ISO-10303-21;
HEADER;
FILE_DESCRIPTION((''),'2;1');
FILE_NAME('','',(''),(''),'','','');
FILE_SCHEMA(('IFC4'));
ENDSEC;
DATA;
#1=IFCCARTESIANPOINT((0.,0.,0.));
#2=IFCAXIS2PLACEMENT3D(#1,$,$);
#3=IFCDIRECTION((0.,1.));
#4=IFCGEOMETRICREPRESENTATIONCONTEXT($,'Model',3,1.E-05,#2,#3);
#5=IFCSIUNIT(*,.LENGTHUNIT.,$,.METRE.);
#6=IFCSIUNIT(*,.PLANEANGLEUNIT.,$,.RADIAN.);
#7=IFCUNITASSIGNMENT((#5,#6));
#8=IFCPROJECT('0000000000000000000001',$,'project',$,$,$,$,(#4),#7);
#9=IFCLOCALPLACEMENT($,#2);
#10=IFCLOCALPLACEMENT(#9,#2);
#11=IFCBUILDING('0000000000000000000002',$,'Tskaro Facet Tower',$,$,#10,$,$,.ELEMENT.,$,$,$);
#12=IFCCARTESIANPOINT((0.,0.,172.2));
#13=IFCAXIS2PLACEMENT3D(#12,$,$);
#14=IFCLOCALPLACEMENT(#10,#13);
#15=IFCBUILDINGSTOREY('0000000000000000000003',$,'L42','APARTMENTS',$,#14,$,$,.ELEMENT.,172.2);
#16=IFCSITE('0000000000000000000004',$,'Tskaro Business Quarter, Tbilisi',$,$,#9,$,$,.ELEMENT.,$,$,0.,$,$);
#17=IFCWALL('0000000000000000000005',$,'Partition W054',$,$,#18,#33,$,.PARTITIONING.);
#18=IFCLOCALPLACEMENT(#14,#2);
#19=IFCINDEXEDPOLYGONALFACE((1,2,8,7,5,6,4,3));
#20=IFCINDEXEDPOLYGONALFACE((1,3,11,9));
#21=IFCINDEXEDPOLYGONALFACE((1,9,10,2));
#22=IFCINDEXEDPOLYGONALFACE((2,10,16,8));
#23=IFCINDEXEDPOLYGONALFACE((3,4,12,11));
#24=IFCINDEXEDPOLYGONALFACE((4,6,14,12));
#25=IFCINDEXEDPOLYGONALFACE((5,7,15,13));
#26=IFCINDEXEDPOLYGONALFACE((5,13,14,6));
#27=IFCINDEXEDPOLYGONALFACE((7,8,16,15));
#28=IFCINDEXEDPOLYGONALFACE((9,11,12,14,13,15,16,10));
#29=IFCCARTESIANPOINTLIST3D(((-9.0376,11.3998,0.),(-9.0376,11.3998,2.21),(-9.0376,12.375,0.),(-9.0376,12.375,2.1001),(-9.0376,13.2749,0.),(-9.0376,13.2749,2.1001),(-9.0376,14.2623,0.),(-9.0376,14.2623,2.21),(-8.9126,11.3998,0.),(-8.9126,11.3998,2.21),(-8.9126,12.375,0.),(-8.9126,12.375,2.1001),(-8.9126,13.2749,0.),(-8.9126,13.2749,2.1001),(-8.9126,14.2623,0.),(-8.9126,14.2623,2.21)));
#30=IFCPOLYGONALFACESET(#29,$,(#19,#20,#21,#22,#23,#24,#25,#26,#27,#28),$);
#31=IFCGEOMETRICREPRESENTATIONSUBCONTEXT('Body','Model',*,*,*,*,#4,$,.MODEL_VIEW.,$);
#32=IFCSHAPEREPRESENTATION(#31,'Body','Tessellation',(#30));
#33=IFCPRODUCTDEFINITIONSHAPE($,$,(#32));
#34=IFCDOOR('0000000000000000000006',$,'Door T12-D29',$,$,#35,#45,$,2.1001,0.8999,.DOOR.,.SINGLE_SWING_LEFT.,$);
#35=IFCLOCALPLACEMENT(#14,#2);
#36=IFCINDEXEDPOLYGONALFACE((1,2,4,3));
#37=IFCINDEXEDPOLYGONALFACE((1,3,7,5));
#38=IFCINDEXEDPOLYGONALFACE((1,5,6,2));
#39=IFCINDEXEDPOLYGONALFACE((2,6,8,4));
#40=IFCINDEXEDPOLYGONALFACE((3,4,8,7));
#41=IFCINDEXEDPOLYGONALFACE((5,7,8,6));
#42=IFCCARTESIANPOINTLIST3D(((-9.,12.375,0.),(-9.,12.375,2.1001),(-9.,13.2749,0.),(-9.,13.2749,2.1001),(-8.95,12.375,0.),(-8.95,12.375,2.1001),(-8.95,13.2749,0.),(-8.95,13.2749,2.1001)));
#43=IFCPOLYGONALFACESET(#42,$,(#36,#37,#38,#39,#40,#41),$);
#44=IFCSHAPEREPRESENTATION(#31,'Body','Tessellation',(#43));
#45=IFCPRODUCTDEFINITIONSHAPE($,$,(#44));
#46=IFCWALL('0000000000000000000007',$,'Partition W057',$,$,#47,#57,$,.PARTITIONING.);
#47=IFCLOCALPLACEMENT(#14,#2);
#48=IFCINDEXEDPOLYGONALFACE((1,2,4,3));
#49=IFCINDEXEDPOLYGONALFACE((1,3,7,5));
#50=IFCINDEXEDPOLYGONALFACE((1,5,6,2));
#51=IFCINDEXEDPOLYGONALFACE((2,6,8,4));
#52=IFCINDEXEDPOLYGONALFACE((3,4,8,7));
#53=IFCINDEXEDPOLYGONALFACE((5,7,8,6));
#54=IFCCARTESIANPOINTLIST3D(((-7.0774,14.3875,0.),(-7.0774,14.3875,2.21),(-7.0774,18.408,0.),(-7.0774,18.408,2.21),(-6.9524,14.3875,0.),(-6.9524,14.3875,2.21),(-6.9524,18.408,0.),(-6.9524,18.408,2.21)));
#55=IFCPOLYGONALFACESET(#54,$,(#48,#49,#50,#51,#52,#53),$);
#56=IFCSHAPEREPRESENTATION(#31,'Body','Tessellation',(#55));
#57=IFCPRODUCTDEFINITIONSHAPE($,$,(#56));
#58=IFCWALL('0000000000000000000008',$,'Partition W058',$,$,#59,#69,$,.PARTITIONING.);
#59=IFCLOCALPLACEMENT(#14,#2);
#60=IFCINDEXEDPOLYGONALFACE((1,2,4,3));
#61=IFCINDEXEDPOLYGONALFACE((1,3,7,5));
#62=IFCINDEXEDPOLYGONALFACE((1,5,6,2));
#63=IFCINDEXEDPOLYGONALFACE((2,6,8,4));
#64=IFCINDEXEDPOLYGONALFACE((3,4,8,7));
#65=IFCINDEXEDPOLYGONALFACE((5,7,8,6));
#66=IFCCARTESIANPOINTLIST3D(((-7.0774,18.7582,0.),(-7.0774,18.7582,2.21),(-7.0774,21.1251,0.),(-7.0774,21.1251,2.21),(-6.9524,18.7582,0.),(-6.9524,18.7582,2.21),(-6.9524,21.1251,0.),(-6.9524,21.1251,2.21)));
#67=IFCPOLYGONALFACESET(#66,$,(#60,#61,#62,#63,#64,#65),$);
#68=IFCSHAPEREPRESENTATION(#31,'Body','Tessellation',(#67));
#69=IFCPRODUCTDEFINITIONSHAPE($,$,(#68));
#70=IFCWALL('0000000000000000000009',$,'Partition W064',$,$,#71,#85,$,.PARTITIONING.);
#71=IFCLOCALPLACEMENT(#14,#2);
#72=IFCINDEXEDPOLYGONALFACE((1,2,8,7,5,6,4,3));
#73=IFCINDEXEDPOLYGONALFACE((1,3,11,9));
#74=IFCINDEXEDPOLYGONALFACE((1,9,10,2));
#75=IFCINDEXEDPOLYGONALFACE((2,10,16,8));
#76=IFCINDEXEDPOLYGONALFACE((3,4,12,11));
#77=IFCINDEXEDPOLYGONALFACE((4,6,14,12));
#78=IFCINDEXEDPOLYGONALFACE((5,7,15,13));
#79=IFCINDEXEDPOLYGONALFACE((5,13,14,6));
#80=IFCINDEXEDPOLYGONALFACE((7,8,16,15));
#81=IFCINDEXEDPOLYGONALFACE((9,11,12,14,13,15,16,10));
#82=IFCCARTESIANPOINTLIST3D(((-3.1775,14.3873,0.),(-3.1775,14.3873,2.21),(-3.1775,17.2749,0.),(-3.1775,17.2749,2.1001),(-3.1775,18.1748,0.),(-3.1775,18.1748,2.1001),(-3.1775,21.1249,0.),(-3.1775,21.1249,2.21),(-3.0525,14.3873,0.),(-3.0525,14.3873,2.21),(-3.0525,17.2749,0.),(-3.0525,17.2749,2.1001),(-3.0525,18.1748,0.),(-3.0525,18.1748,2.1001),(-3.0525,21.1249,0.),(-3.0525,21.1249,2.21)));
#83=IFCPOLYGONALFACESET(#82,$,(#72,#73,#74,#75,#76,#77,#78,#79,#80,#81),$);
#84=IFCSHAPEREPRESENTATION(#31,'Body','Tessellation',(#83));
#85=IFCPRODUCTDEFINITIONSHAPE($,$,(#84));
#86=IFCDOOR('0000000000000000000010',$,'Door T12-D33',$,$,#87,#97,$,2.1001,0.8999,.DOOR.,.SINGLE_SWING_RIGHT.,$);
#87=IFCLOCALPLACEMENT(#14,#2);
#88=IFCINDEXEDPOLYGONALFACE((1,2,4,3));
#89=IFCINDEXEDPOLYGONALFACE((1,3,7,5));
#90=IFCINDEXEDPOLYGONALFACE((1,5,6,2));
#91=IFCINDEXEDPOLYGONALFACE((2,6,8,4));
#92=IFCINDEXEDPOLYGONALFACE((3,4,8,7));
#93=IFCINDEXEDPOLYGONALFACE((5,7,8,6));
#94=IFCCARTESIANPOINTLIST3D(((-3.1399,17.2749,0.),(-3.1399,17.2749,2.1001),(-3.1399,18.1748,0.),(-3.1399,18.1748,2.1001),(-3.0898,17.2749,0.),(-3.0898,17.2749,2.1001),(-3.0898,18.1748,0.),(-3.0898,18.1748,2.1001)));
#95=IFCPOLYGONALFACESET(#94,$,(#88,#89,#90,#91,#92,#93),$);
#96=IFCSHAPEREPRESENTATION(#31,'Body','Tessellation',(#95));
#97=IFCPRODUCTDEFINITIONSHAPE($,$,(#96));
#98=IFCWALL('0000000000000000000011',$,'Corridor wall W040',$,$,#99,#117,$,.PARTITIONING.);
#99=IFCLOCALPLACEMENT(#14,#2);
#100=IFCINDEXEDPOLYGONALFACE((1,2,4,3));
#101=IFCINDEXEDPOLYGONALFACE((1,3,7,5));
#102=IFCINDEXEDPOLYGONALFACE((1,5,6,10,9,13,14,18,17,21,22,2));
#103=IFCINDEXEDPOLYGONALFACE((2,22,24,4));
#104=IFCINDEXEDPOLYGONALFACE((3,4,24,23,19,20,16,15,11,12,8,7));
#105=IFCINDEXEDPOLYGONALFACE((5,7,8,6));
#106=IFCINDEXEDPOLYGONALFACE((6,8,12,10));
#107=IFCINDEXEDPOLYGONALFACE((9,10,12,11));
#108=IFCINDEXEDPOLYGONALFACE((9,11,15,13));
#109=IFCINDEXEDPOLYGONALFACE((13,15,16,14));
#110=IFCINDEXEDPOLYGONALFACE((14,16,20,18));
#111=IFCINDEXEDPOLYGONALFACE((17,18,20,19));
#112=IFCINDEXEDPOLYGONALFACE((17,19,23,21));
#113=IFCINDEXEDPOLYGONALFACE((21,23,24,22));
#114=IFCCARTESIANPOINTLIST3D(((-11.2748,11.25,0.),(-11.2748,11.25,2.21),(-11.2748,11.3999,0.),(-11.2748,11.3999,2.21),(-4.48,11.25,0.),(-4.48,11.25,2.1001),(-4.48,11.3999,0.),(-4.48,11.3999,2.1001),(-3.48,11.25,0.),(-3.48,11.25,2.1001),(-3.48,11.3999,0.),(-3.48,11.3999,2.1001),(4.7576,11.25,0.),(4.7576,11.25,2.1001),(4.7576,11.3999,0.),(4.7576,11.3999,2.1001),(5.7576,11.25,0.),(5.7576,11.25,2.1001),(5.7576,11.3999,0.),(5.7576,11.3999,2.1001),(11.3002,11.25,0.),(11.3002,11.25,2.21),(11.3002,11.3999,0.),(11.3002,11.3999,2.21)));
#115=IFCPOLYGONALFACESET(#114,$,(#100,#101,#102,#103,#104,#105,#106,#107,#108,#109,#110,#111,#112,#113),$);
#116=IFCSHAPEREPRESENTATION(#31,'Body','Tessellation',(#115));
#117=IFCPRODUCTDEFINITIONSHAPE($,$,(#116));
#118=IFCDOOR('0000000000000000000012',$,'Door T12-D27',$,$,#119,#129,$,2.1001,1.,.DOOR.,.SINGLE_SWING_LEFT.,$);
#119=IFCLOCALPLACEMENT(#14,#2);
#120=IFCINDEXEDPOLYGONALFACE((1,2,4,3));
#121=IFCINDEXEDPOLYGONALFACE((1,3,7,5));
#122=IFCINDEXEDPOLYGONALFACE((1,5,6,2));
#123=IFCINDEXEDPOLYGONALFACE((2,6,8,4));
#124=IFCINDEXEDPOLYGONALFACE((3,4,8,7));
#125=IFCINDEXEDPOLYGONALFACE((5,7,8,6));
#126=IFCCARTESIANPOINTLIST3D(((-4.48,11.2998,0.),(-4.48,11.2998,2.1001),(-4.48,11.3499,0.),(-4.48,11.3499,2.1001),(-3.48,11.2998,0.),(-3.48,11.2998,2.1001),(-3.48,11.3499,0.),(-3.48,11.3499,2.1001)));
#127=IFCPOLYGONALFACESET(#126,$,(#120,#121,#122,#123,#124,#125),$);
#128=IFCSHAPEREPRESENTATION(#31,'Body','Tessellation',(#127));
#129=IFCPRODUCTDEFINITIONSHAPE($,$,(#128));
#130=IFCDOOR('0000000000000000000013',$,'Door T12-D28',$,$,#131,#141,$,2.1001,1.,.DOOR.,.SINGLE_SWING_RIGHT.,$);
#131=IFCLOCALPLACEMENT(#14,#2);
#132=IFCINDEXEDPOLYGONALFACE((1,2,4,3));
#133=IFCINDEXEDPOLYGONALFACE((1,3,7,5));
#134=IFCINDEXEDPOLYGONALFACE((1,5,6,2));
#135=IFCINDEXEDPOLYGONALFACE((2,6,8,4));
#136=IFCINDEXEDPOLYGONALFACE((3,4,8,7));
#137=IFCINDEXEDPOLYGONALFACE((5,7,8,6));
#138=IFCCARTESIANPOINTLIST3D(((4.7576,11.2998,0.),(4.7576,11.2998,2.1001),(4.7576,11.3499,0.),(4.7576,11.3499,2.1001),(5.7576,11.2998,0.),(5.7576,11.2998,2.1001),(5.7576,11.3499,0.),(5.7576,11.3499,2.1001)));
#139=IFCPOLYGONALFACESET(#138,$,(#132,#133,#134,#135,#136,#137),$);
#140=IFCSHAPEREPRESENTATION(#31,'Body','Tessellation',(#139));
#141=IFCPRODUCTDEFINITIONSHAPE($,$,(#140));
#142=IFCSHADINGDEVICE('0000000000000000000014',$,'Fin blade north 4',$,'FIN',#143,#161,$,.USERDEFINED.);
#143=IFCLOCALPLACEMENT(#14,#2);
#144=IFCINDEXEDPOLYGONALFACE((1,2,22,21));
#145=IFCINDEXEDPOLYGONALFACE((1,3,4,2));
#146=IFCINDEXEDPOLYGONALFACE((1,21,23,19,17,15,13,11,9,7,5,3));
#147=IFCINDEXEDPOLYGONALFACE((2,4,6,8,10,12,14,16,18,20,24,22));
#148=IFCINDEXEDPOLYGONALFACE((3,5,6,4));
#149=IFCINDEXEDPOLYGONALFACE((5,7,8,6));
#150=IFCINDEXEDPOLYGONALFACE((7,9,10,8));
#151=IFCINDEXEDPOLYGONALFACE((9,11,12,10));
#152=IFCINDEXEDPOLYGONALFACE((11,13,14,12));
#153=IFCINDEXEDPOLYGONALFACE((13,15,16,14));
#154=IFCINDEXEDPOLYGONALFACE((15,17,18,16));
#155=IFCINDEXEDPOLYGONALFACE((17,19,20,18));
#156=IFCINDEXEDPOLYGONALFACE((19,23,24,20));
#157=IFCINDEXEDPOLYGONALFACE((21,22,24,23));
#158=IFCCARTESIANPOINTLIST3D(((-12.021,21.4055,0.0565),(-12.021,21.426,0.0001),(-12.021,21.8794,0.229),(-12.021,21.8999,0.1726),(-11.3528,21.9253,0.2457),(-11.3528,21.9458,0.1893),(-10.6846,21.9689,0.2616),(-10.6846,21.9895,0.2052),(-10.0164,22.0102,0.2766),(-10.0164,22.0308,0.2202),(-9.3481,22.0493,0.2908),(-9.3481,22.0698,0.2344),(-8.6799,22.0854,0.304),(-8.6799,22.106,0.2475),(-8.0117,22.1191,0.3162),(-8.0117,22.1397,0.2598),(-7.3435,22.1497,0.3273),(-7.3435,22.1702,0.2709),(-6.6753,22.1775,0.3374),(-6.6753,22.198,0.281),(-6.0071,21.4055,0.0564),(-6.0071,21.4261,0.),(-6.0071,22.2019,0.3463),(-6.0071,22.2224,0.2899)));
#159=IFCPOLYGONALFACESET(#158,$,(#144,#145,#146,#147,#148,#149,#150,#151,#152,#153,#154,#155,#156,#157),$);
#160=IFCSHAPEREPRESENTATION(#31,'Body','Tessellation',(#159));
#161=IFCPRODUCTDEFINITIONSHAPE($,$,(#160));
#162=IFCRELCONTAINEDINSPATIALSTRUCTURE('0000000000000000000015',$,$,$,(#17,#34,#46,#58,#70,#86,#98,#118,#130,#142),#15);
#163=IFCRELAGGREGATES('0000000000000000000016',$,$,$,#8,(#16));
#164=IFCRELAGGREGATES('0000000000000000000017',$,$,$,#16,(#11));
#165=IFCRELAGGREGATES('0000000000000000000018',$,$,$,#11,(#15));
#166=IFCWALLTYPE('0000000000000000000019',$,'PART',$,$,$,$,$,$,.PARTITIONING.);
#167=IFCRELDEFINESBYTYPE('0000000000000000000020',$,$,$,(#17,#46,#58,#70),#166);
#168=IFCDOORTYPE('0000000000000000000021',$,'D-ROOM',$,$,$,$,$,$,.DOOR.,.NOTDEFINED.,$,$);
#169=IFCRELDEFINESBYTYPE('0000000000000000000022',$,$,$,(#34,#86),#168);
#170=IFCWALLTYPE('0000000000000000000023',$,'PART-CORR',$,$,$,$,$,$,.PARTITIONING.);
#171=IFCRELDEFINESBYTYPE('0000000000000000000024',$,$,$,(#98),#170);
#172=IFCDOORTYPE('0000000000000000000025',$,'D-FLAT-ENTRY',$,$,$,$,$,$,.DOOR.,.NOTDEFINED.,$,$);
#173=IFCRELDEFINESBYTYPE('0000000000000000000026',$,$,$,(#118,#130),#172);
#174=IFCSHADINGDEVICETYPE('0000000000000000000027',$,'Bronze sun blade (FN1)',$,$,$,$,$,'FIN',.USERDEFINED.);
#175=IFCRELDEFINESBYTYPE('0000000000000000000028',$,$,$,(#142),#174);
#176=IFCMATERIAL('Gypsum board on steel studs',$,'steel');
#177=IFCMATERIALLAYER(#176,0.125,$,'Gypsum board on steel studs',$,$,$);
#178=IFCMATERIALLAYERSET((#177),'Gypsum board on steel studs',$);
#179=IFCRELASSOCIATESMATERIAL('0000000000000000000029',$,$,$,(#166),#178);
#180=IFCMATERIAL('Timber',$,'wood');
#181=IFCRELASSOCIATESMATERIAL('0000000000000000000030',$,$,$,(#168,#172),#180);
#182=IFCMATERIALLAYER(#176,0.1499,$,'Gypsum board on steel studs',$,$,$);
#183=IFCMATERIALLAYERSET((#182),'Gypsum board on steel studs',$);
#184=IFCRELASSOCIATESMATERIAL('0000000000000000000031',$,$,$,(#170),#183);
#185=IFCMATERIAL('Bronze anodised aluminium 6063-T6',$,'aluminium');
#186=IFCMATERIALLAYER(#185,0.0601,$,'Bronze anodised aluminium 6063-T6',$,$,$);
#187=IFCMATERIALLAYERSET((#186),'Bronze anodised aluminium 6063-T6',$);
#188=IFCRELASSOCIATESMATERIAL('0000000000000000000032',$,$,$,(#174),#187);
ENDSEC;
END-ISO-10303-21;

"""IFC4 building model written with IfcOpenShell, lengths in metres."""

from ifc_helpers import new_model, si_unit, direction, frame, frame_2d, origin, place, context, subcontext, project, spatial, polyline, rectangle, outline, extrude, material, layer, layer_set, type_object, element, fill, save


model = new_model("IFC4")

# Units and contexts
model_context = context("Model", 3, precision=1e-05, world=origin(), true_north=direction((0.0, 1.0)))
body_context = subcontext(model_context, "Body", "Model", "MODEL_VIEW")
ifc_project = project(units=[si_unit("LENGTHUNIT", "METRE"), si_unit("PLANEANGLEUNIT", "RADIAN")], contexts=[model_context])

# Site, building, storey
site_placement = place(None, origin())
site = spatial("IfcSite", under=ifc_project, at=site_placement, Name="Tskaro Business Quarter, Tbilisi", CompositionType="ELEMENT", RefElevation=0.0)
building_placement = place(site_placement, origin())
building = spatial("IfcBuilding", under=site, at=building_placement, Name="Tskaro Facet Tower", CompositionType="ELEMENT")
storey_placement = place(building_placement, frame((0.0, 0.0, 172.2)))
storey = spatial("IfcBuildingStorey", under=building, at=storey_placement, Name="L42", Description="APARTMENTS", CompositionType="ELEMENT", Elevation=172.2)

# Shared definitions
ifc_material_1 = material(Name="Bronze anodised aluminium 6063-T6", Category="aluminium")

# Shared definitions
ifc_material_2 = material(Name="Gypsum board on steel studs", Category="steel")
ifc_layer_1 = layer(ifc_material_2, 0.125, Name="Gypsum board on steel studs")
ifc_layer_set_1 = layer_set([ifc_layer_1], Name="Gypsum board on steel studs")
wall_type_1 = type_object("IfcWallType", Name="PART", PredefinedType="PARTITIONING", material=ifc_layer_set_1)
ifc_material_3 = material(Name="Timber", Category="wood")
door_type_1 = type_object("IfcDoorType", Name="D-ROOM", OperationType="NOTDEFINED", PredefinedType="DOOR", material=ifc_material_3)

# Wall, opening, door
wall_1_placement = place(storey_placement, frame((-8.9751, 11.3999, 0.0), z_axis=(0.0, 0.0, 1.0), x_axis=(0.0, 1.0, 0.0)))
wall_1 = element("IfcWall", 1, at=wall_1_placement, inside=storey, type_object=wall_type_1, Name="Partition W054", PredefinedType="PARTITIONING", context=body_context, shape_type="SweptSolid", body=[
    extrude(rectangle(XDim=2.8625, YDim=0.125, at=frame_2d((1.4312, 0.0))), origin(), (0.0, 0.0, 1.0), 2.21),
])
opening_1_placement = place(wall_1_placement, frame((0.9751, 0.0, 0.0)))
opening_1 = element("IfcOpeningElement", 2, at=opening_1_placement, cuts=wall_1, PredefinedType="OPENING", context=body_context, shape_type="SweptSolid", body=[
    extrude(rectangle(XDim=0.8999, YDim=2.1001, at=frame_2d((0.45, 1.05))), frame((0.0, 0.0725, 0.0), z_axis=(0.0, -1.0, 0.0), x_axis=(1.0, 0.0, 0.0)), (0.0, 0.0, 1.0), 0.145),
])
door_1_placement = place(opening_1_placement, origin())
door_1 = element("IfcDoor", 3, at=door_1_placement, inside=storey, type_object=door_type_1, Name="Door T12-D29", OperationType="SINGLE_SWING_LEFT", OverallHeight=2.1001, OverallWidth=0.8999, PredefinedType="DOOR", context=body_context, shape_type="SweptSolid", body=[
    extrude(rectangle(XDim=0.8999, YDim=2.1001, at=frame_2d((0.45, 1.05))), frame((0.0, 0.0249, 0.0), z_axis=(0.0, -1.0, 0.0), x_axis=(1.0, 0.0, 0.0)), (0.0, 0.0, 1.0), 0.05),
])
fill(opening_1, door_1)

# Walls
wall_2_placement = place(storey_placement, frame((-7.0149, 14.3875, 0.0), z_axis=(0.0, 0.0, 1.0), x_axis=(0.0, 1.0, 0.0)))
element("IfcWall", 4, at=wall_2_placement, inside=storey, type_object=wall_type_1, Name="Partition W057", PredefinedType="PARTITIONING", context=body_context, shape_type="SweptSolid", body=[
    extrude(rectangle(XDim=4.0205, YDim=0.125, at=frame_2d((2.0103, 0.0))), origin(), (0.0, 0.0, 1.0), 2.21),
])
wall_3_placement = place(storey_placement, frame((-7.0149, 18.7581, 0.0), z_axis=(0.0, 0.0, 1.0), x_axis=(0.0, 1.0, 0.0)))
element("IfcWall", 5, at=wall_3_placement, inside=storey, type_object=wall_type_1, Name="Partition W058", PredefinedType="PARTITIONING", context=body_context, shape_type="SweptSolid", body=[
    extrude(rectangle(XDim=2.3669, YDim=0.125, at=frame_2d((1.1836, 0.0))), origin(), (0.0, 0.0, 1.0), 2.21),
])

# Wall, opening, door
wall_4_placement = place(storey_placement, frame((-3.115, 14.3875, 0.0), z_axis=(0.0, 0.0, 1.0), x_axis=(0.0, 1.0, 0.0)))
wall_4 = element("IfcWall", 6, at=wall_4_placement, inside=storey, type_object=wall_type_1, Name="Partition W064", PredefinedType="PARTITIONING", context=body_context, shape_type="SweptSolid", body=[
    extrude(rectangle(XDim=6.7375, YDim=0.125, at=frame_2d((3.3687, 0.0))), origin(), (0.0, 0.0, 1.0), 2.21),
])
opening_2_placement = place(wall_4_placement, frame((2.8875, 0.0, 0.0)))
opening_2 = element("IfcOpeningElement", 7, at=opening_2_placement, cuts=wall_4, PredefinedType="OPENING", context=body_context, shape_type="SweptSolid", body=[
    extrude(rectangle(XDim=0.8999, YDim=2.1001, at=frame_2d((0.45, 1.05))), frame((0.0, 0.0725, 0.0), z_axis=(0.0, -1.0, 0.0), x_axis=(1.0, 0.0, 0.0)), (0.0, 0.0, 1.0), 0.145),
])
door_2_placement = place(opening_2_placement, origin())
door_2 = element("IfcDoor", 8, at=door_2_placement, inside=storey, type_object=door_type_1, Name="Door T12-D33", OperationType="SINGLE_SWING_RIGHT", OverallHeight=2.1001, OverallWidth=0.8999, PredefinedType="DOOR", context=body_context, shape_type="SweptSolid", body=[
    extrude(rectangle(XDim=0.8999, YDim=2.1001, at=frame_2d((0.45, 1.05))), frame((0.0, 0.0249, 0.0), z_axis=(0.0, -1.0, 0.0), x_axis=(1.0, 0.0, 0.0)), (0.0, 0.0, 1.0), 0.05),
])
fill(opening_2, door_2)

# Wall, openings, doors
ifc_layer_2 = layer(ifc_material_2, 0.1499, Name="Gypsum board on steel studs")
ifc_layer_set_2 = layer_set([ifc_layer_2], Name="Gypsum board on steel studs")
wall_type_2 = type_object("IfcWallType", Name="PART-CORR", PredefinedType="PARTITIONING", material=ifc_layer_set_2)
wall_5_placement = place(storey_placement, frame((-11.2749, 11.325, 0.0), z_axis=(0.0, 0.0, 1.0), x_axis=(1.0, 0.0, 0.0)))
wall_5 = element("IfcWall", 9, at=wall_5_placement, inside=storey, type_object=wall_type_2, Name="Corridor wall W040", PredefinedType="PARTITIONING", context=body_context, shape_type="SweptSolid", body=[
    extrude(rectangle(XDim=22.575, YDim=0.1499, at=frame_2d((11.2876, 0.0))), origin(), (0.0, 0.0, 1.0), 2.21),
])
opening_3_placement = place(wall_5_placement, frame((6.7949, 0.0, 0.0)))
opening_3 = element("IfcOpeningElement", 10, at=opening_3_placement, cuts=wall_5, PredefinedType="OPENING", context=body_context, shape_type="SweptSolid", body=[
    extrude(rectangle(XDim=1.0, YDim=2.1001, at=frame_2d((0.5, 1.05))), frame((0.0, 0.085, 0.0), z_axis=(0.0, -1.0, 0.0), x_axis=(1.0, 0.0, 0.0)), (0.0, 0.0, 1.0), 0.1699),
])
opening_4_placement = place(wall_5_placement, frame((16.0325, 0.0, 0.0)))
opening_4 = element("IfcOpeningElement", 11, at=opening_4_placement, cuts=wall_5, PredefinedType="OPENING", context=body_context, shape_type="SweptSolid", body=[
    extrude(rectangle(XDim=1.0, YDim=2.1001, at=frame_2d((0.5, 1.05))), frame((0.0, 0.085, 0.0), z_axis=(0.0, -1.0, 0.0), x_axis=(1.0, 0.0, 0.0)), (0.0, 0.0, 1.0), 0.1699),
])
door_type_2 = type_object("IfcDoorType", Name="D-FLAT-ENTRY", OperationType="NOTDEFINED", PredefinedType="DOOR", material=ifc_material_3)
door_3_placement = place(opening_3_placement, origin())
door_3 = element("IfcDoor", 12, at=door_3_placement, inside=storey, type_object=door_type_2, Name="Door T12-D27", OperationType="SINGLE_SWING_LEFT", OverallHeight=2.1001, OverallWidth=1.0, PredefinedType="DOOR", context=body_context, shape_type="SweptSolid", body=[
    extrude(rectangle(XDim=1.0, YDim=2.1001, at=frame_2d((0.5, 1.05))), frame((0.0, 0.0249, 0.0), z_axis=(0.0, -1.0, 0.0), x_axis=(1.0, 0.0, 0.0)), (0.0, 0.0, 1.0), 0.05),
])
fill(opening_3, door_3)
door_4_placement = place(opening_4_placement, origin())
door_4 = element("IfcDoor", 13, at=door_4_placement, inside=storey, type_object=door_type_2, Name="Door T12-D28", OperationType="SINGLE_SWING_RIGHT", OverallHeight=2.1001, OverallWidth=1.0, PredefinedType="DOOR", context=body_context, shape_type="SweptSolid", body=[
    extrude(rectangle(XDim=1.0, YDim=2.1001, at=frame_2d((0.5, 1.05))), frame((0.0, 0.0249, 0.0), z_axis=(0.0, -1.0, 0.0), x_axis=(1.0, 0.0, 0.0)), (0.0, 0.0, 1.0), 0.05),
])
fill(opening_4, door_4)

# Shading device
ifc_layer_3 = layer(ifc_material_1, 0.0601, Name="Bronze anodised aluminium 6063-T6")
ifc_layer_set_3 = layer_set([ifc_layer_3], Name="Bronze anodised aluminium 6063-T6")
shading_device_type = type_object("IfcShadingDeviceType", Name="Bronze sun blade (FN1)", ElementType="FIN", PredefinedType="USERDEFINED", material=ifc_layer_set_3)
shading_device_1_placement = place(storey_placement, frame((-6.0071, 21.4055, 0.0564), z_axis=(0.000018, -0.342091, 0.939667), x_axis=(-1.0, -0.000006, 0.000017)))
element("IfcShadingDevice", 14, at=shading_device_1_placement, inside=storey, type_object=shading_device_type, Name="Fin blade north 4", ObjectType="FIN", PredefinedType="USERDEFINED", context=body_context, shape_type="SweptSolid", body=[
    extrude(outline(polyline([(0.0, 0.0), (6.0139, 0.0), (6.0139, -0.5043), (5.3457, -0.5531), (4.6775, -0.5996), (4.0093, -0.6436), (3.3411, -0.6851), (2.6729, -0.7236), (2.0046, -0.7594), (1.3364, -0.7919), (0.6682, -0.8215), (0.0, -0.8475), (0.0, 0.0)])), origin(), (0.0, 0.0, -1.0), 0.0601),
])

save(model, "model.ifc")
